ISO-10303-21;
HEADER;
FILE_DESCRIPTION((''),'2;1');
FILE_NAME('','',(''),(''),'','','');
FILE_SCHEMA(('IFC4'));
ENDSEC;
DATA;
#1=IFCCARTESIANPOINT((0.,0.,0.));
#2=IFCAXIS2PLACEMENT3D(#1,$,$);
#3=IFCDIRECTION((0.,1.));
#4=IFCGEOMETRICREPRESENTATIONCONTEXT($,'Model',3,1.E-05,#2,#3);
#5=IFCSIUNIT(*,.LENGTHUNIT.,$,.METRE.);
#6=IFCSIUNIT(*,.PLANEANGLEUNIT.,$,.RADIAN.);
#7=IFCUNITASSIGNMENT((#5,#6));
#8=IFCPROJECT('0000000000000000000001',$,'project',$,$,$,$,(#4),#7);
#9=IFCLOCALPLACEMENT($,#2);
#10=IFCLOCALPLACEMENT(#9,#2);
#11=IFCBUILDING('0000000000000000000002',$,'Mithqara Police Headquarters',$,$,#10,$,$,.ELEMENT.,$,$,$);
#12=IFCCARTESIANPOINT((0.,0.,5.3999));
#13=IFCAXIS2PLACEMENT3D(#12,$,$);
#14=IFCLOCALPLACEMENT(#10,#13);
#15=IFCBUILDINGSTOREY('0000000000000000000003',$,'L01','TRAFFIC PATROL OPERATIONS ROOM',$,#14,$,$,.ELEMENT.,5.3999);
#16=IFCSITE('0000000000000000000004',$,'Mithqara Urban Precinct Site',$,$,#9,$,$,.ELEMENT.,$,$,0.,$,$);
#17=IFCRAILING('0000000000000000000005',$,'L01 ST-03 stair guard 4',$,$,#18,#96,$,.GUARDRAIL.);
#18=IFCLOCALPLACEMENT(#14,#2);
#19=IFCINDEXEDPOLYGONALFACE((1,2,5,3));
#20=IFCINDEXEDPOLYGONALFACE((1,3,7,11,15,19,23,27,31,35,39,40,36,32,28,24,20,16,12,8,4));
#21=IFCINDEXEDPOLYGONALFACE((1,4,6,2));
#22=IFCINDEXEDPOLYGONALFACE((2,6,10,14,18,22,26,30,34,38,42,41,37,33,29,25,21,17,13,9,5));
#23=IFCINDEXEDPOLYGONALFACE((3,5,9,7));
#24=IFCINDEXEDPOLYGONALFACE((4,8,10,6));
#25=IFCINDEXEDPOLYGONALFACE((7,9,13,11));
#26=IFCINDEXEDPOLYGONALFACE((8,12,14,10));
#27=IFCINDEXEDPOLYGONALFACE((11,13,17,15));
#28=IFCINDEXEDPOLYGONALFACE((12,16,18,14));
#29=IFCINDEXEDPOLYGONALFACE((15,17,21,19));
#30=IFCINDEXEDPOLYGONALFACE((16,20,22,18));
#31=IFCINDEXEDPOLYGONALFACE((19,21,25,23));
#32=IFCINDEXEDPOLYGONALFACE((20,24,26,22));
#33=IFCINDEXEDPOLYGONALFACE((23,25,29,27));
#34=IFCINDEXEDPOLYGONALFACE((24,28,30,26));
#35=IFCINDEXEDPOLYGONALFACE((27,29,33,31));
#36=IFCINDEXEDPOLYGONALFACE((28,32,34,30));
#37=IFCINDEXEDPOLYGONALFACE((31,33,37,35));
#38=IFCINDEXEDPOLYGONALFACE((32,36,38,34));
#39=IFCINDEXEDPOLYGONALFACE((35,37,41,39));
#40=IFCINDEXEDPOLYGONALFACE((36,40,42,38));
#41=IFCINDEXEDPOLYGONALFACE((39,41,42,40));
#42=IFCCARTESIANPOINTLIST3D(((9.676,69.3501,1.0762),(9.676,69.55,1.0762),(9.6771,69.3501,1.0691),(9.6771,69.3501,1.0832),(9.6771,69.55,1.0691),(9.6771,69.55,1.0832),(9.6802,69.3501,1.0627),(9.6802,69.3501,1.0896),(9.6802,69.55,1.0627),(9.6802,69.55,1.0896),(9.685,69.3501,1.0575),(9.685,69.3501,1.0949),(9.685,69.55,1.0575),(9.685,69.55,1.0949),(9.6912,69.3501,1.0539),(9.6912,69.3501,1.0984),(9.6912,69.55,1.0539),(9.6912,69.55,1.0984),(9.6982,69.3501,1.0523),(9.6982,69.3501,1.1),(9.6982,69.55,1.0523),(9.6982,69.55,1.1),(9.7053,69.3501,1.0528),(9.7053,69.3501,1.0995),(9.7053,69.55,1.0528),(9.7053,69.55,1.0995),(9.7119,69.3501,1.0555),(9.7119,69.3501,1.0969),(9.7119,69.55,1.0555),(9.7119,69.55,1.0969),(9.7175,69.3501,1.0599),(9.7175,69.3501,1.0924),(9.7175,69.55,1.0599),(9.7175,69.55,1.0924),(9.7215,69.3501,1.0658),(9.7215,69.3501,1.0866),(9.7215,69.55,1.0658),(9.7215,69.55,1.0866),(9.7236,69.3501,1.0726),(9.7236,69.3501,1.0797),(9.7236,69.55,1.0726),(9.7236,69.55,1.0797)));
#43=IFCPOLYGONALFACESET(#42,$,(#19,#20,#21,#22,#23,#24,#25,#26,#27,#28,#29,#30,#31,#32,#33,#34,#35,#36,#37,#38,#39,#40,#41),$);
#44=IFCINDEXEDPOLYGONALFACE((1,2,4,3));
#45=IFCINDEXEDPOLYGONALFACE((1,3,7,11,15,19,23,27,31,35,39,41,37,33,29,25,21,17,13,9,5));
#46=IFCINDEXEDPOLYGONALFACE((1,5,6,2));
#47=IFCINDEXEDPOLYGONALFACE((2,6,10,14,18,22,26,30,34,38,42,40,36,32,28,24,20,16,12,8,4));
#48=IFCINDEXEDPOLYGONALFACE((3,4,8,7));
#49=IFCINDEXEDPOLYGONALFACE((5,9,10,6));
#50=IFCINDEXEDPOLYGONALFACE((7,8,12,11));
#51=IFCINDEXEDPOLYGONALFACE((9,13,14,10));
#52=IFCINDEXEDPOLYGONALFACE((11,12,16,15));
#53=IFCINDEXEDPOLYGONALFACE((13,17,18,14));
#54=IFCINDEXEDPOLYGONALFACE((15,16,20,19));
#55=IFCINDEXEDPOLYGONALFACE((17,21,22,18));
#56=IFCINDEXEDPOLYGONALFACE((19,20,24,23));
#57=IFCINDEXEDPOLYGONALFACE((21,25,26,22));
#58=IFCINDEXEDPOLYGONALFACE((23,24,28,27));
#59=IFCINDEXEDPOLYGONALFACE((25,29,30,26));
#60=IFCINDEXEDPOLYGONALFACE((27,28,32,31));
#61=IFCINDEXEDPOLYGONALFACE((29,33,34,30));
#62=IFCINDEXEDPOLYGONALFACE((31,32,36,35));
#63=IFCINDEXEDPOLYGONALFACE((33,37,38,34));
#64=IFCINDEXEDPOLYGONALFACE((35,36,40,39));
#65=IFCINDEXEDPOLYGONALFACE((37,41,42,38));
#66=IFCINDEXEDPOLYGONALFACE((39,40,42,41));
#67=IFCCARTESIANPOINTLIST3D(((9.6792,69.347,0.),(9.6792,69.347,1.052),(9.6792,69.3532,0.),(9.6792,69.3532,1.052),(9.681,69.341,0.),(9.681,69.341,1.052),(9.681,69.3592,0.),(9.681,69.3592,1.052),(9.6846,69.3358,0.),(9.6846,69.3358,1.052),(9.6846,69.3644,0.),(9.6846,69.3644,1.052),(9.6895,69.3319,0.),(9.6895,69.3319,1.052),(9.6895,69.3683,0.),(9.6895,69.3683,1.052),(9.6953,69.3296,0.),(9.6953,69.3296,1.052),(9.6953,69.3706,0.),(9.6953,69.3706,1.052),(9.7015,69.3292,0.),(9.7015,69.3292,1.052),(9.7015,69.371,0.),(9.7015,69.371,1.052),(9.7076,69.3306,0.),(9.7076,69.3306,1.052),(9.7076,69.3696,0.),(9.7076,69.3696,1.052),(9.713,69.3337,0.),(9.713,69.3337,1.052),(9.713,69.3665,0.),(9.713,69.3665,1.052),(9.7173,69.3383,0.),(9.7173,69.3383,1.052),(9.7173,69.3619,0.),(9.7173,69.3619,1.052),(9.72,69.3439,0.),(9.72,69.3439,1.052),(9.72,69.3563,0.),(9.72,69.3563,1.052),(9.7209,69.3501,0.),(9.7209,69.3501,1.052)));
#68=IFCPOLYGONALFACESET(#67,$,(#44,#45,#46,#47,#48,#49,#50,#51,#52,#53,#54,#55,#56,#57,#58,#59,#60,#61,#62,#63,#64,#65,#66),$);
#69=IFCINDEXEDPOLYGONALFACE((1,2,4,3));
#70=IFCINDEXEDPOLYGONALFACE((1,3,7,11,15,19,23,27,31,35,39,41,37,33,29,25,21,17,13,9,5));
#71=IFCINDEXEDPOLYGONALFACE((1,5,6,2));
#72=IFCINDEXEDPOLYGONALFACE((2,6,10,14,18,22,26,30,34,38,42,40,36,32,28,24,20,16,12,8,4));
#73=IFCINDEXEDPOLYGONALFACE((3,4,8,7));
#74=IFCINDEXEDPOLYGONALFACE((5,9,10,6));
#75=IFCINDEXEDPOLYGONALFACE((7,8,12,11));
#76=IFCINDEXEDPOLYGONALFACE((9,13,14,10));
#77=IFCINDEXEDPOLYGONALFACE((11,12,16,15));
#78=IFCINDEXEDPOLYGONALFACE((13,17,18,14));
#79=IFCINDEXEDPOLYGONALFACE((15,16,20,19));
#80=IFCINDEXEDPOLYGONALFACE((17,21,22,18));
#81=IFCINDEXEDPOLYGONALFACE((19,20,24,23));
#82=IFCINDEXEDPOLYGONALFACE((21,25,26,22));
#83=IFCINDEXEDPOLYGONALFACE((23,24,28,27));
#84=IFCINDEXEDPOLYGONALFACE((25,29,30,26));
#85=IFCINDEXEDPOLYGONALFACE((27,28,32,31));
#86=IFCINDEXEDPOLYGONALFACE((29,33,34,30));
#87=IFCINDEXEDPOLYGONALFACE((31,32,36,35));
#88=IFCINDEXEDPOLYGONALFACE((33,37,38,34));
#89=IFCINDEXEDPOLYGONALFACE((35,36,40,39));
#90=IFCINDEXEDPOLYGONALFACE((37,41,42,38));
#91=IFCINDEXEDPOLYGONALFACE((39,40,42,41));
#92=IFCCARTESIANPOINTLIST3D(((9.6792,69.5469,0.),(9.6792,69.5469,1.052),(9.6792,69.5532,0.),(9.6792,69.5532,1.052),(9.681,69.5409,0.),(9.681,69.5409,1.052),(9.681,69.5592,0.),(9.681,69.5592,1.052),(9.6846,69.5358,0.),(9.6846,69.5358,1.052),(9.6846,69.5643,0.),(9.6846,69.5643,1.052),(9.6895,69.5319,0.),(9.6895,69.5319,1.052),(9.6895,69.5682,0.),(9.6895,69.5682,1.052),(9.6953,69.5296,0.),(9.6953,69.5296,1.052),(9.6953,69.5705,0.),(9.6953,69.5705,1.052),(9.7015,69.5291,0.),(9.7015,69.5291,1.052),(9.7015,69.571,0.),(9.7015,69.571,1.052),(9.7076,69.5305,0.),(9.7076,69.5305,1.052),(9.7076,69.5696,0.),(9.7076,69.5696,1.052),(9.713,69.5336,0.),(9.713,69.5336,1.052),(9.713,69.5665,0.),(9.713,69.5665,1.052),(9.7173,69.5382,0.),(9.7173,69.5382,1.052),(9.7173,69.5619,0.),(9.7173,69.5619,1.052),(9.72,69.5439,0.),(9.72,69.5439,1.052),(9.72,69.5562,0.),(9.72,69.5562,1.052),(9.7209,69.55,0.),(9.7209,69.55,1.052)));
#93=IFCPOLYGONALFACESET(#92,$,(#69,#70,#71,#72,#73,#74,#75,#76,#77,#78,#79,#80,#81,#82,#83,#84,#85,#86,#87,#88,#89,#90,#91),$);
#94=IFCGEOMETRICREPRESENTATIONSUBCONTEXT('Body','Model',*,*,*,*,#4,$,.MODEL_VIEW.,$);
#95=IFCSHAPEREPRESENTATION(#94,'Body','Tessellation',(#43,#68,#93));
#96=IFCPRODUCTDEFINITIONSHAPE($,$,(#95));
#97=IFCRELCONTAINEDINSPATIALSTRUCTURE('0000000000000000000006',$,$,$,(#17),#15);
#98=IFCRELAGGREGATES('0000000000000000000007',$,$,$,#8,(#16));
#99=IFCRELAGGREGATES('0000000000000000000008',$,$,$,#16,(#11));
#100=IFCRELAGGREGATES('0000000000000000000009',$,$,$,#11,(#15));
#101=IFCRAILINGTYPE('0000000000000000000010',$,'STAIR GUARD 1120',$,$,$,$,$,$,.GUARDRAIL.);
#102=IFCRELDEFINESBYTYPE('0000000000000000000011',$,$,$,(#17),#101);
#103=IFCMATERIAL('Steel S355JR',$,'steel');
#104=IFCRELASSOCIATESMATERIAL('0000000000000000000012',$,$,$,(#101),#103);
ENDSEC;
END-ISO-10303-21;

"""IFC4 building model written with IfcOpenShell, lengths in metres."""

from ifc_helpers import new_model, si_unit, direction, frame, origin, origin_2d, place, context, subcontext, project, spatial, circle, extrude, material, type_object, element, save


model = new_model("IFC4")

# Units and contexts
model_context = context("Model", 3, precision=1e-05, world=origin(), true_north=direction((0.0, 1.0)))
body_context = subcontext(model_context, "Body", "Model", "MODEL_VIEW")
ifc_project = project(units=[si_unit("LENGTHUNIT", "METRE"), si_unit("PLANEANGLEUNIT", "RADIAN")], contexts=[model_context])

# Site, building, storey
site_placement = place(None, origin())
site = spatial("IfcSite", under=ifc_project, at=site_placement, Name="Mithqara Urban Precinct Site", CompositionType="ELEMENT", RefElevation=0.0)
building_placement = place(site_placement, origin())
building = spatial("IfcBuilding", under=site, at=building_placement, Name="Mithqara Police Headquarters", CompositionType="ELEMENT")
storey_placement = place(building_placement, frame((0.0, 0.0, 5.3999)))
storey = spatial("IfcBuildingStorey", under=building, at=storey_placement, Name="L01", Description="TRAFFIC PATROL OPERATIONS ROOM", CompositionType="ELEMENT", Elevation=5.3999)

# Shared definitions
ifc_material_1 = material(Name="Steel S355JR", Category="steel")

# Railing
railing_type_1 = type_object("IfcRailingType", Name="STAIR GUARD 1120", PredefinedType="GUARDRAIL", material=ifc_material_1)
railing_1_placement = place(storey_placement, frame((9.7, 69.3501, 0.0)))
element("IfcRailing", 1, at=railing_1_placement, inside=storey, type_object=railing_type_1, Name="L01 ST-03 stair guard 4", PredefinedType="GUARDRAIL", context=body_context, shape_type="SweptSolid", body=[
    extrude(circle(Radius=0.0239, at=origin_2d()), frame((0.0, 0.0, 1.0762), z_axis=(0.0, 1.0, 0.0), x_axis=(-1.0, 0.0, 0.0)), (0.0, 0.0, 1.0), 0.2),
    extrude(circle(Radius=0.021, at=origin_2d()), origin(), (0.0, 0.0, 1.0), 1.052),
    extrude(circle(Radius=0.021, at=origin_2d()), frame((0.0, 0.2, 0.0)), (0.0, 0.0, 1.0), 1.052),
])

save(model, "model.ifc")
